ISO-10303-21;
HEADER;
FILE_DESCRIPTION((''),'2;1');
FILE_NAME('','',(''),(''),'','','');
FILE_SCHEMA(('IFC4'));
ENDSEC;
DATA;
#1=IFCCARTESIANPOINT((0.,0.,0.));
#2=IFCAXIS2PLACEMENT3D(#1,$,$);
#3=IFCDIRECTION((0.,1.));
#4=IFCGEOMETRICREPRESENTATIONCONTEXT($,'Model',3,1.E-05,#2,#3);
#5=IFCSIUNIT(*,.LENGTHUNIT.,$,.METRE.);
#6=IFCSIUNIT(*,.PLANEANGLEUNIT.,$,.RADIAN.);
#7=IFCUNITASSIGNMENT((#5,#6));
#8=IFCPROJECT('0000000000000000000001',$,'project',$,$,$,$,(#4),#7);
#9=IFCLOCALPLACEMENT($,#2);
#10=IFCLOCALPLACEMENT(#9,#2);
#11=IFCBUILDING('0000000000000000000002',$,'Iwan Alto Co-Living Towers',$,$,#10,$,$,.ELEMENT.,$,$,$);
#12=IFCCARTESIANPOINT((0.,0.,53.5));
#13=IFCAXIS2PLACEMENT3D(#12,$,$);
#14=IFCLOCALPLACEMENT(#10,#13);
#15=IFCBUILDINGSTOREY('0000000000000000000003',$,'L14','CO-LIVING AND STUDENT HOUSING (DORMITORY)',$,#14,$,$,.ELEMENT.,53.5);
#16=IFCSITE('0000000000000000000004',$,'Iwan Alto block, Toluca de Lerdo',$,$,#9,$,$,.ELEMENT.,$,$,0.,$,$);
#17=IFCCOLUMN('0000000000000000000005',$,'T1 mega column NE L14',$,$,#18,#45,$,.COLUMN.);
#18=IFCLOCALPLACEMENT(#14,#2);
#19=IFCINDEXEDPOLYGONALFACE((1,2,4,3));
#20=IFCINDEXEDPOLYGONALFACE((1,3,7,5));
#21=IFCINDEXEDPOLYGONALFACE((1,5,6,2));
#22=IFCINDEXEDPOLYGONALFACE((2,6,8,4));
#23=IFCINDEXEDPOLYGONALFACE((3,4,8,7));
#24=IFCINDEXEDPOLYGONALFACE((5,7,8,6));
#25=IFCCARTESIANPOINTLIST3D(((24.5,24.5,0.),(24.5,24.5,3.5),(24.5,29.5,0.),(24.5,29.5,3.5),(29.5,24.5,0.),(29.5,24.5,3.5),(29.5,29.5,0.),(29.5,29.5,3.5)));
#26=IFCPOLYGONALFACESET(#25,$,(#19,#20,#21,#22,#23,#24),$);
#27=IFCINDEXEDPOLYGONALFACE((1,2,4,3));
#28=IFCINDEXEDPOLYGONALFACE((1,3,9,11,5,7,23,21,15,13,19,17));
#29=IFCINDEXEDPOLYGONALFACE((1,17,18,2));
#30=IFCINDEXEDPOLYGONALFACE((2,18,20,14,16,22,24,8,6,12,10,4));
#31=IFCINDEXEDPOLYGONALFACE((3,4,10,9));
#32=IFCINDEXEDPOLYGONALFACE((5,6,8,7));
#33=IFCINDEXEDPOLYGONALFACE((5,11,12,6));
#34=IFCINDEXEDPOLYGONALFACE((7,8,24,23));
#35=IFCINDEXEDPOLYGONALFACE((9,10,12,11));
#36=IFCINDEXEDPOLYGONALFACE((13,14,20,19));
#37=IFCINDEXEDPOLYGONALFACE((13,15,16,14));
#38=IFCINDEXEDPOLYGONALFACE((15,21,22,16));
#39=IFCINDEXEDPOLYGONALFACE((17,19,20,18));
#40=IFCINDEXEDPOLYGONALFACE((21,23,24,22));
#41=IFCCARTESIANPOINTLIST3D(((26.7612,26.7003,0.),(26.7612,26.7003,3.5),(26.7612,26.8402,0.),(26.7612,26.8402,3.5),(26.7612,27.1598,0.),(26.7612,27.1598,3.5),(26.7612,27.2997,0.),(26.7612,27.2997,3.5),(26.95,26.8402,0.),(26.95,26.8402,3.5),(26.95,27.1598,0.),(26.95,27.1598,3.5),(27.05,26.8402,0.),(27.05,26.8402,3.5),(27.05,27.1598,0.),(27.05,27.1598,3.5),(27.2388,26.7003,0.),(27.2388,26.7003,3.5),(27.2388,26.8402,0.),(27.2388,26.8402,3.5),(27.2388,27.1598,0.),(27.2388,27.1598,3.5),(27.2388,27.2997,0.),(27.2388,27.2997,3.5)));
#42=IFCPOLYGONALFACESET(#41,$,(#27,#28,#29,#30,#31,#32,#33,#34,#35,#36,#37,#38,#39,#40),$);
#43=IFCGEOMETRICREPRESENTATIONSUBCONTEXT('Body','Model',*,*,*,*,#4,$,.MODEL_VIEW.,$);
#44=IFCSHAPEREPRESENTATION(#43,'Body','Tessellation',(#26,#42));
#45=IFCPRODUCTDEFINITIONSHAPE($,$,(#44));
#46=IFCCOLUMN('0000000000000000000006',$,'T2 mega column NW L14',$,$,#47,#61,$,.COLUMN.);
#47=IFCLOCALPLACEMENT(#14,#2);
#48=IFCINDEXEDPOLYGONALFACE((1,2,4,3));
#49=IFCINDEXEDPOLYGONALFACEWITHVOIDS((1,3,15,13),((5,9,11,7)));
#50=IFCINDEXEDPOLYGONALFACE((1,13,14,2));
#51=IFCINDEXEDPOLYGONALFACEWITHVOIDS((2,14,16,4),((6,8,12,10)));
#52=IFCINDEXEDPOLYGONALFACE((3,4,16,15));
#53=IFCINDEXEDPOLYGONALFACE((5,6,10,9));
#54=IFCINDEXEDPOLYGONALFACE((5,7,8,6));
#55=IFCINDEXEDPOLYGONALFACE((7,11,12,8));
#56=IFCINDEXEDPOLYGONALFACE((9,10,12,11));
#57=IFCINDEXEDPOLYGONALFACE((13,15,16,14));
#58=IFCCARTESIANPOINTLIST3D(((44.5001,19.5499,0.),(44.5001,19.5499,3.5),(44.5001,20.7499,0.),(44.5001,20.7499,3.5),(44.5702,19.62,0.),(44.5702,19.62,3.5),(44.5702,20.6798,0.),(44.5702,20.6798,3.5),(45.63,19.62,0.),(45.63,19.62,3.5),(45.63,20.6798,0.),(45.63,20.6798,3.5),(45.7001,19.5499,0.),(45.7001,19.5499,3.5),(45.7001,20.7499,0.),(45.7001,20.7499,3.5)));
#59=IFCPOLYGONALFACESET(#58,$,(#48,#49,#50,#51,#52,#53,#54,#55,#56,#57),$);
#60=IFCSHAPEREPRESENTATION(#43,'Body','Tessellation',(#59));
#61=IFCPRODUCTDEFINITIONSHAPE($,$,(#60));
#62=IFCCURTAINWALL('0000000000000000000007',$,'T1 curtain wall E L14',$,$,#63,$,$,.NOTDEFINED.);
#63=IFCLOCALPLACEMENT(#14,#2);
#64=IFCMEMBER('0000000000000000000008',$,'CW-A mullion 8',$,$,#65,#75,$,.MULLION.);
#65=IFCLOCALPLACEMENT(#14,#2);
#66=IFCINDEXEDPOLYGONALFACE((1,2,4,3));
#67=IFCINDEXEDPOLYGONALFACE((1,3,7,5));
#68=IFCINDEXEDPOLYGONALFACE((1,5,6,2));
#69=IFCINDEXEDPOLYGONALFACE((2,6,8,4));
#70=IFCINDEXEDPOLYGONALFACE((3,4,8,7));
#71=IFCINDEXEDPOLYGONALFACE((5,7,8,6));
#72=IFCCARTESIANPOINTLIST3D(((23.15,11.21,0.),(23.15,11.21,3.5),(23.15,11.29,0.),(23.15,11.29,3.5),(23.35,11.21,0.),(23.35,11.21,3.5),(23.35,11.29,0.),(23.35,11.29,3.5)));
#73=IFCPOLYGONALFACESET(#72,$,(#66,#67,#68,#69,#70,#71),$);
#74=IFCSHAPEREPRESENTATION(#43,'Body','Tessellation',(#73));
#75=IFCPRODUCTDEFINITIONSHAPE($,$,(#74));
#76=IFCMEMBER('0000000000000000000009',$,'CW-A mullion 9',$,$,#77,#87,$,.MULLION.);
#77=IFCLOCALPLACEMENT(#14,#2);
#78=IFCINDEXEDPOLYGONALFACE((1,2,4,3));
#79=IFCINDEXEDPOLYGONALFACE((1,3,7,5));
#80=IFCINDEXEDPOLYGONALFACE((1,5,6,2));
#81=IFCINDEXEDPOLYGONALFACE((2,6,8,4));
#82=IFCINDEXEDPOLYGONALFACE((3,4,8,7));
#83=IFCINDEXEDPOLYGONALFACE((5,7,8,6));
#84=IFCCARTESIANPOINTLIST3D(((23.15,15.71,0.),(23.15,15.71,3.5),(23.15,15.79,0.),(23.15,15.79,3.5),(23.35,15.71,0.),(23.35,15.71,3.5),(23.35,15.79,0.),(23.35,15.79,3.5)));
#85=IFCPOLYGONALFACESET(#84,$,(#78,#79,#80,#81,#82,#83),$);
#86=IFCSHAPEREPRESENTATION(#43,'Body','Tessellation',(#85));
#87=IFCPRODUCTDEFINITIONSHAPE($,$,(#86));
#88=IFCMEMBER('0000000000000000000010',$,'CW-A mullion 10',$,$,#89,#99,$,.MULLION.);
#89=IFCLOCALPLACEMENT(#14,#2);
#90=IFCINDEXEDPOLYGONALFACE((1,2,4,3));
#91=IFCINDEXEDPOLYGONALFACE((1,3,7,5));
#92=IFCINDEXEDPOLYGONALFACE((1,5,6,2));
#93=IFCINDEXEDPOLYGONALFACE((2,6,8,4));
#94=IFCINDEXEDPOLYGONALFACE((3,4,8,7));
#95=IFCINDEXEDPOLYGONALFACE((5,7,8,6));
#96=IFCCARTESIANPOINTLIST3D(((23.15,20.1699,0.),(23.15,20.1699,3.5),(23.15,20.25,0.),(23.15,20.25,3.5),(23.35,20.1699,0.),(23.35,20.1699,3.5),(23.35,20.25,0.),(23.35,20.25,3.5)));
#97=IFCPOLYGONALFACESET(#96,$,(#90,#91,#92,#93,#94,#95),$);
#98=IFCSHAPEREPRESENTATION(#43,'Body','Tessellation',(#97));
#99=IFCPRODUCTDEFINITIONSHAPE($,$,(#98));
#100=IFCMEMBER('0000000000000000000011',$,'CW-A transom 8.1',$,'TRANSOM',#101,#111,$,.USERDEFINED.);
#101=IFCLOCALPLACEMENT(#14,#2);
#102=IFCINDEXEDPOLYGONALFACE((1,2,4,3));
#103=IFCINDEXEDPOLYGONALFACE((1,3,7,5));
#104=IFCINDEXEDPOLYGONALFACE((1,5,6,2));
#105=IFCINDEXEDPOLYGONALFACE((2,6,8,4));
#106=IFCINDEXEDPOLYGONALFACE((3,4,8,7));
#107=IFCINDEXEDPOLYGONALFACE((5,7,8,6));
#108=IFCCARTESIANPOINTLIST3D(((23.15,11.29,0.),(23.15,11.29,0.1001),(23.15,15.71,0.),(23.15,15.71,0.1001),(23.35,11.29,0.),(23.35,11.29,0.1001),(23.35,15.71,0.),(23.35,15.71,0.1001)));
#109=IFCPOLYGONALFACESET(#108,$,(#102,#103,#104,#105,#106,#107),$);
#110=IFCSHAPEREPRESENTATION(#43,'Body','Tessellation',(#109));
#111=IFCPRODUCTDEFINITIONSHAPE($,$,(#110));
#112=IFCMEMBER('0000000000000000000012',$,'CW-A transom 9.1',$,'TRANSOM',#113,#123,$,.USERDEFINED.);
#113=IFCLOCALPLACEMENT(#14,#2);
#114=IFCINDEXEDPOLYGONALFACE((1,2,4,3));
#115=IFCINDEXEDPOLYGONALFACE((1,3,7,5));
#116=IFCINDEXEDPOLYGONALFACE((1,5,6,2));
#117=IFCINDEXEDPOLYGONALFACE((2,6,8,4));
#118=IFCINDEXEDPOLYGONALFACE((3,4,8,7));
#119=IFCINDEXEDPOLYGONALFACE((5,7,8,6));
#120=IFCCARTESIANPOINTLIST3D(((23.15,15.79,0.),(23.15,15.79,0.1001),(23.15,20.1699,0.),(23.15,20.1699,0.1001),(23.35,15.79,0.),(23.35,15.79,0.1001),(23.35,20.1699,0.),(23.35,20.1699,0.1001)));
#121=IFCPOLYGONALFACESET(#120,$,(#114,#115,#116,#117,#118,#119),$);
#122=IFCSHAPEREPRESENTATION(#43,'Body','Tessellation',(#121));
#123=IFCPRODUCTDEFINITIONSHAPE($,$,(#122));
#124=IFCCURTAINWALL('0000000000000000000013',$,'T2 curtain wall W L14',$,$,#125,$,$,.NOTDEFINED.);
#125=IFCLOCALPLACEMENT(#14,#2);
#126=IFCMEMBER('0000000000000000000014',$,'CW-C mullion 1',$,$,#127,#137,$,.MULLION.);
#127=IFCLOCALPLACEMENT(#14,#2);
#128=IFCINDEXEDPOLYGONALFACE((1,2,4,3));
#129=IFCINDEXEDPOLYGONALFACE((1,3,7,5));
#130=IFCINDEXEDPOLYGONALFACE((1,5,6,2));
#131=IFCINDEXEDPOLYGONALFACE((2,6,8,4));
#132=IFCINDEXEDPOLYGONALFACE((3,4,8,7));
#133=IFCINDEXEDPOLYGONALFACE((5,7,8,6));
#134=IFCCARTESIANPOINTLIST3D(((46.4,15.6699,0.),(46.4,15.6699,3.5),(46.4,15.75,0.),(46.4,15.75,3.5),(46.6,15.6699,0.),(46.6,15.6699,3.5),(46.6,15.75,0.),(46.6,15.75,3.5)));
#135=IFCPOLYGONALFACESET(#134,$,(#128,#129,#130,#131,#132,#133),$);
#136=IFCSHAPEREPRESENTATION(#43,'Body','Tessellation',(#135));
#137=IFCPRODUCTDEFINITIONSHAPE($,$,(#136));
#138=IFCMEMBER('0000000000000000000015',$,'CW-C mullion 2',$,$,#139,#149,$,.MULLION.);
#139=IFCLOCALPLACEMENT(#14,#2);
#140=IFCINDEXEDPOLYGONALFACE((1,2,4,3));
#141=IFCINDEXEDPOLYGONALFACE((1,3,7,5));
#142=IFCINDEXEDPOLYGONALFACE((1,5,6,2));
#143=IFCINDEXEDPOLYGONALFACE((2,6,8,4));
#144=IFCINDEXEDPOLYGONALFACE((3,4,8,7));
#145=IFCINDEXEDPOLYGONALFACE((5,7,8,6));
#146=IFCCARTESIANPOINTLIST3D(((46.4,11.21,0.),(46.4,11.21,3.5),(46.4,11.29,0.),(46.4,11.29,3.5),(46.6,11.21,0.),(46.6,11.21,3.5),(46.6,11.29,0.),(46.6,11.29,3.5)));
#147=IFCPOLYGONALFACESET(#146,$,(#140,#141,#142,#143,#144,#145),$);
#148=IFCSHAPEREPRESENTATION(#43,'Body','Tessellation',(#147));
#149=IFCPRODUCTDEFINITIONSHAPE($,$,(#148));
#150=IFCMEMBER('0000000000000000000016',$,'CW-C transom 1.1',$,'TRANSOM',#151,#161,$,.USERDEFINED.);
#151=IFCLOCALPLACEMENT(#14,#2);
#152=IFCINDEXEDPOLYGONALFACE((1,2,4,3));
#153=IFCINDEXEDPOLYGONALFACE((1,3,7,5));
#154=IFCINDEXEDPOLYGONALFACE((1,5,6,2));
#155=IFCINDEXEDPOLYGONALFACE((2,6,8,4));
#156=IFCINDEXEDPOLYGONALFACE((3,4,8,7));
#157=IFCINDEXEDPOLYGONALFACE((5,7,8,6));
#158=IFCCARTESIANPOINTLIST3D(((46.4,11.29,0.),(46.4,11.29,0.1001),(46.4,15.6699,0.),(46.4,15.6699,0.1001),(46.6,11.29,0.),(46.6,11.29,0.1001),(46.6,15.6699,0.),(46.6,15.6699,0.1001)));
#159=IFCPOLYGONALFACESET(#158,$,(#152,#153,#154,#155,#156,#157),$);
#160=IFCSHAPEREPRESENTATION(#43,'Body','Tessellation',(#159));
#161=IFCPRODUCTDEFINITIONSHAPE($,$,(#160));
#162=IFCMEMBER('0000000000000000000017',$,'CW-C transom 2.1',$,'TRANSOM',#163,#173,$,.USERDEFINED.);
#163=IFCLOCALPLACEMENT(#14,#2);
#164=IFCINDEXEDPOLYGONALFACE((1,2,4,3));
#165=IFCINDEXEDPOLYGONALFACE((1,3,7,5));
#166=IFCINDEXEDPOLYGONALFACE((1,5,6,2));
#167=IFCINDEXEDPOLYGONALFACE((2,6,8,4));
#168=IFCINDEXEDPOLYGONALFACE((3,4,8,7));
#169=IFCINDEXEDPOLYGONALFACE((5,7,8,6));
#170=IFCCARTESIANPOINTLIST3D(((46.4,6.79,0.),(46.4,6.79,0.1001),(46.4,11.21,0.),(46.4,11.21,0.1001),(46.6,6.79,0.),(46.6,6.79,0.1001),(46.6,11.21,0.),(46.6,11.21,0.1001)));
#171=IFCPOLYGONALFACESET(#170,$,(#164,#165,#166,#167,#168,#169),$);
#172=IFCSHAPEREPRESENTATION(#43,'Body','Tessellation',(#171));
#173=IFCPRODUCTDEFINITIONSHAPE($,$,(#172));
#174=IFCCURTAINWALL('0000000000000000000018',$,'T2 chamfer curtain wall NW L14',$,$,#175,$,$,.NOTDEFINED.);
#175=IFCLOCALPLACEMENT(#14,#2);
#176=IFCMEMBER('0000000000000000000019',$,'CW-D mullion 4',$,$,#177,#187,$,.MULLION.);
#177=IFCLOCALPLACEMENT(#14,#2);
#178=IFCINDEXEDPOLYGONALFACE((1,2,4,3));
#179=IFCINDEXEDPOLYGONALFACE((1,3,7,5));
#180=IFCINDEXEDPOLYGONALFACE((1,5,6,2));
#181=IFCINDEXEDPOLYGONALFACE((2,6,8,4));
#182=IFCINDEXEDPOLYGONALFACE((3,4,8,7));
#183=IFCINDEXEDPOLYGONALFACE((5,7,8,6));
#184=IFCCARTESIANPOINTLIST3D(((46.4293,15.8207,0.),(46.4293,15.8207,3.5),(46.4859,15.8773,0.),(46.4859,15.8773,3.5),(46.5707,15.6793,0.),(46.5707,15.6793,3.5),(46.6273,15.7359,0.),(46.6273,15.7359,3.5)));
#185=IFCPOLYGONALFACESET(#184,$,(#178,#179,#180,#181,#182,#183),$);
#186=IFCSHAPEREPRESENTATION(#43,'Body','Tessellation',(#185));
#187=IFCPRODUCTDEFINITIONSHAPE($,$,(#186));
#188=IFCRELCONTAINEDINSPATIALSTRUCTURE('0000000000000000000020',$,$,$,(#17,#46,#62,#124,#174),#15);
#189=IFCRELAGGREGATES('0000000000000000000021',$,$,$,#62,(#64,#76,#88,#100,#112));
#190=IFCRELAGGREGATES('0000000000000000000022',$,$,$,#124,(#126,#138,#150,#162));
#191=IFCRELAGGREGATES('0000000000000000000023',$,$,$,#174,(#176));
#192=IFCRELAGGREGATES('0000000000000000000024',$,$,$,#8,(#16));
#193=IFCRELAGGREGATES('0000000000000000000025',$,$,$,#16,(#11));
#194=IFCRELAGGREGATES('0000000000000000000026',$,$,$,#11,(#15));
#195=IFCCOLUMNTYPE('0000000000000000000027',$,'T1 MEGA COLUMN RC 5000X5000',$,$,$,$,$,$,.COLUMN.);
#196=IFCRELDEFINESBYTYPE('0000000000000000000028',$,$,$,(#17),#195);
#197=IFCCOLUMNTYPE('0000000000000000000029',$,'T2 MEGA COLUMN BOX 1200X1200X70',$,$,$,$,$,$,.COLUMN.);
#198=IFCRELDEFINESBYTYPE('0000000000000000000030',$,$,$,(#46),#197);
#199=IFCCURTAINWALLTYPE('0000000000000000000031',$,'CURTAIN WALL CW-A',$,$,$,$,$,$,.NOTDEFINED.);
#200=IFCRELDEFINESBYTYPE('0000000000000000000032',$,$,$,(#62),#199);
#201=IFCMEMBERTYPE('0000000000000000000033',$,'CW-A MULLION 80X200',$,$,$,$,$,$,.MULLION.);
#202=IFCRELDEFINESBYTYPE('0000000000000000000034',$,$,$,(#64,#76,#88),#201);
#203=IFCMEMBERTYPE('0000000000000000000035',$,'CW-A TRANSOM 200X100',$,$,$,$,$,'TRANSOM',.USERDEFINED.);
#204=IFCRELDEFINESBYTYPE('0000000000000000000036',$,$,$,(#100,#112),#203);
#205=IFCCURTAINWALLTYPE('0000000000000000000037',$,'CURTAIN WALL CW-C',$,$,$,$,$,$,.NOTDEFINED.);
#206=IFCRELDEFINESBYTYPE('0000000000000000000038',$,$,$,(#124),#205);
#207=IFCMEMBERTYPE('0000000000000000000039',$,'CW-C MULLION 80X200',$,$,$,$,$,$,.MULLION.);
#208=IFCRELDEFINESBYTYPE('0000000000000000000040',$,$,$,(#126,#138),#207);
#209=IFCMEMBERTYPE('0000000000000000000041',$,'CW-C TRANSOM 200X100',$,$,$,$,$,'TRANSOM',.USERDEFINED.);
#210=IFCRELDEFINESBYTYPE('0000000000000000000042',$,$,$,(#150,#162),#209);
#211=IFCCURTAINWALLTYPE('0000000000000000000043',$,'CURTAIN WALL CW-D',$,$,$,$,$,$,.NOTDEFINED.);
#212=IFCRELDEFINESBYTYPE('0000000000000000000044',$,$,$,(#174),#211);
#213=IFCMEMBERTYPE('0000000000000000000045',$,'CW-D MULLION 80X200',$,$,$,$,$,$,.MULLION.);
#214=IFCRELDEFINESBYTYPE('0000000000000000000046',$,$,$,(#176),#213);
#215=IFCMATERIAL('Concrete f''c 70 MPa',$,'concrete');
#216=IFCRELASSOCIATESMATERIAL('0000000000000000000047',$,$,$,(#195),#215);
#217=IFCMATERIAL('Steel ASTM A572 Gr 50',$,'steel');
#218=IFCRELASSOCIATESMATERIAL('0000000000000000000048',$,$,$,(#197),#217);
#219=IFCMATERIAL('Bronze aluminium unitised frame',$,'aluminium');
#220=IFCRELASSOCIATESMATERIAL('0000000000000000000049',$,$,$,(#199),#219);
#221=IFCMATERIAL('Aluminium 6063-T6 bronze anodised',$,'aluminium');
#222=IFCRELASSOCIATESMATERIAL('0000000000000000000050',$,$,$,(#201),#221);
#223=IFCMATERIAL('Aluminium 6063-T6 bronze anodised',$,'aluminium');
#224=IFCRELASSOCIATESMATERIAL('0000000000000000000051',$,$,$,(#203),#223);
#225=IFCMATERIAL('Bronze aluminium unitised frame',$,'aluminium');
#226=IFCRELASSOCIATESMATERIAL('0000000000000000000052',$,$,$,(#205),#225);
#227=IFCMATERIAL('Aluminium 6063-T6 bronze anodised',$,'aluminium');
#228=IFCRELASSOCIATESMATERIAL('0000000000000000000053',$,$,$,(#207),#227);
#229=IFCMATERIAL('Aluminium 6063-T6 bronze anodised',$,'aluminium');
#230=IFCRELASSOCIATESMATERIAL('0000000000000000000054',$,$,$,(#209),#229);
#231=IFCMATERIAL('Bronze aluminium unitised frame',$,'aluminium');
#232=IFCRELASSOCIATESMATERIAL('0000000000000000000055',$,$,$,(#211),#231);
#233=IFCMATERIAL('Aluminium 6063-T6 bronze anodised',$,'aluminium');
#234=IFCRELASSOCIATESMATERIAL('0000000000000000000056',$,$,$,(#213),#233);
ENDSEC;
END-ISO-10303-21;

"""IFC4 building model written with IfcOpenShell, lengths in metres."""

from ifc_helpers import new_model, si_unit, direction, frame, origin, origin_2d, place, context, subcontext, project, spatial, rectangle, hollow_rectangle, i_section, extrude, material, material_profile, profile_set, type_object, element, aggregate, save


model = new_model("IFC4")

# Units and contexts
model_context = context("Model", 3, precision=1e-05, world=origin(), true_north=direction((0.0, 1.0)))
body_context = subcontext(model_context, "Body", "Model", "MODEL_VIEW")
ifc_project = project(units=[si_unit("LENGTHUNIT", "METRE"), si_unit("PLANEANGLEUNIT", "RADIAN")], contexts=[model_context])

# Site, building, storey
site_placement = place(None, origin())
site = spatial("IfcSite", under=ifc_project, at=site_placement, Name="Iwan Alto block, Toluca de Lerdo", CompositionType="ELEMENT", RefElevation=0.0)
building_placement = place(site_placement, origin())
building = spatial("IfcBuilding", under=site, at=building_placement, Name="Iwan Alto Co-Living Towers", CompositionType="ELEMENT")
storey_placement = place(building_placement, frame((0.0, 0.0, 53.5)))
storey = spatial("IfcBuildingStorey", under=building, at=storey_placement, Name="L14", Description="CO-LIVING AND STUDENT HOUSING (DORMITORY)", CompositionType="ELEMENT", Elevation=53.5)

# Columns
ifc_material_1 = material(Name="Concrete f'c 70 MPa", Category="concrete")
ifc_material_profile_1 = material_profile(ifc_material_1, rectangle(XDim=5.0, YDim=5.0, at=origin_2d()), Name="RC 5000X5000")
ifc_profile_set_1 = profile_set([ifc_material_profile_1], Name="Concrete f'c 70 MPa")
column_type_1 = type_object("IfcColumnType", Name="T1 MEGA COLUMN RC 5000X5000", PredefinedType="COLUMN", material=ifc_profile_set_1)
column_1_placement = place(storey_placement, frame((27.0, 27.0, 0.0), z_axis=(0.0, 0.0, 1.0), x_axis=(1.0, 0.0, 0.0)))
element("IfcColumn", 1, at=column_1_placement, inside=storey, type_object=column_type_1, Name="T1 mega column NE L14", PredefinedType="COLUMN", context=body_context, shape_type="SweptSolid", body=[
    extrude(rectangle(XDim=5.0, YDim=5.0, at=origin_2d()), origin(), (0.0, 0.0, 1.0), 3.5),
    extrude(i_section(OverallWidth=0.4775, OverallDepth=0.5994, WebThickness=0.1001, FlangeThickness=0.1399, at=origin_2d()), origin(), (0.0, 0.0, 1.0), 3.5),
])
ifc_material_2 = material(Name="Steel ASTM A572 Gr 50", Category="steel")
ifc_material_profile_2 = material_profile(ifc_material_2, hollow_rectangle(XDim=1.2, YDim=1.2, WallThickness=0.0701, at=origin_2d()), Name="BOX 1200X1200X70")
ifc_profile_set_2 = profile_set([ifc_material_profile_2], Name="Steel ASTM A572 Gr 50")
column_type_2 = type_object("IfcColumnType", Name="T2 MEGA COLUMN BOX 1200X1200X70", PredefinedType="COLUMN", material=ifc_profile_set_2)
column_2_placement = place(storey_placement, frame((45.1001, 20.1499, 0.0), z_axis=(0.0, 0.0, 1.0), x_axis=(1.0, 0.0, 0.0)))
element("IfcColumn", 2, at=column_2_placement, inside=storey, type_object=column_type_2, Name="T2 mega column NW L14", PredefinedType="COLUMN", context=body_context, shape_type="SweptSolid", body=[
    extrude(hollow_rectangle(XDim=1.2, YDim=1.2, WallThickness=0.0701, at=origin_2d()), origin(), (0.0, 0.0, 1.0), 3.5),
])

# Curtain walls, members
ifc_material_3 = material(Name="Bronze aluminium unitised frame", Category="aluminium")
curtain_wall_type_1 = type_object("IfcCurtainWallType", Name="CURTAIN WALL CW-A", PredefinedType="NOTDEFINED", material=ifc_material_3)
curtain_wall_1_placement = place(storey_placement, origin())
curtain_wall_1 = element("IfcCurtainWall", 3, at=curtain_wall_1_placement, inside=storey, type_object=curtain_wall_type_1, Name="T1 curtain wall E L14", PredefinedType="NOTDEFINED")
ifc_material_4 = material(Name="Aluminium 6063-T6 bronze anodised", Category="aluminium")
ifc_material_profile_3 = material_profile(ifc_material_4, rectangle(XDim=0.2, YDim=0.0801, at=origin_2d()), Name="AL 80X200")
ifc_profile_set_3 = profile_set([ifc_material_profile_3], Name="Aluminium 6063-T6 bronze anodised")
member_type_1 = type_object("IfcMemberType", Name="CW-A MULLION 80X200", PredefinedType="MULLION", material=ifc_profile_set_3)
member_1_placement = place(storey_placement, frame((23.25, 11.25, 0.0), z_axis=(0.0, 0.0, 1.0), x_axis=(-1.0, 0.0, 0.0)))
member_1 = element("IfcMember", 4, at=member_1_placement, type_object=member_type_1, Name="CW-A mullion 8", PredefinedType="MULLION", context=body_context, shape_type="SweptSolid", body=[
    extrude(rectangle(XDim=0.2, YDim=0.0801, at=origin_2d()), origin(), (0.0, 0.0, 1.0), 3.5),
])
member_2_placement = place(storey_placement, frame((23.25, 15.75, 0.0), z_axis=(0.0, 0.0, 1.0), x_axis=(-1.0, 0.0, 0.0)))
member_2 = element("IfcMember", 5, at=member_2_placement, type_object=member_type_1, Name="CW-A mullion 9", PredefinedType="MULLION", context=body_context, shape_type="SweptSolid", body=[
    extrude(rectangle(XDim=0.2, YDim=0.0801, at=origin_2d()), origin(), (0.0, 0.0, 1.0), 3.5),
])
member_3_placement = place(storey_placement, frame((23.25, 20.21, 0.0), z_axis=(0.0, 0.0, 1.0), x_axis=(-1.0, 0.0, 0.0)))
member_3 = element("IfcMember", 6, at=member_3_placement, type_object=member_type_1, Name="CW-A mullion 10", PredefinedType="MULLION", context=body_context, shape_type="SweptSolid", body=[
    extrude(rectangle(XDim=0.2, YDim=0.0801, at=origin_2d()), origin(), (0.0, 0.0, 1.0), 3.5),
])
ifc_material_5 = material(Name="Aluminium 6063-T6 bronze anodised", Category="aluminium")
ifc_material_profile_4 = material_profile(ifc_material_5, rectangle(XDim=0.2, YDim=0.1001, at=origin_2d()), Name="AL 200X100")
ifc_profile_set_4 = profile_set([ifc_material_profile_4], Name="Aluminium 6063-T6 bronze anodised")
member_type_2 = type_object("IfcMemberType", Name="CW-A TRANSOM 200X100", ElementType="TRANSOM", PredefinedType="USERDEFINED", material=ifc_profile_set_4)
member_4_placement = place(storey_placement, frame((23.25, 11.29, 0.05), z_axis=(0.0, 1.0, 0.0), x_axis=(-1.0, 0.0, 0.0)))
member_4 = element("IfcMember", 7, at=member_4_placement, type_object=member_type_2, Name="CW-A transom 8.1", ObjectType="TRANSOM", PredefinedType="USERDEFINED", context=body_context, shape_type="SweptSolid", body=[
    extrude(rectangle(XDim=0.2, YDim=0.1001, at=origin_2d()), origin(), (0.0, 0.0, 1.0), 4.4199),
])
member_5_placement = place(storey_placement, frame((23.25, 15.79, 0.05), z_axis=(0.0, 1.0, 0.0), x_axis=(-1.0, 0.0, 0.0)))
member_5 = element("IfcMember", 8, at=member_5_placement, type_object=member_type_2, Name="CW-A transom 9.1", ObjectType="TRANSOM", PredefinedType="USERDEFINED", context=body_context, shape_type="SweptSolid", body=[
    extrude(rectangle(XDim=0.2, YDim=0.1001, at=origin_2d()), origin(), (0.0, 0.0, 1.0), 4.3799),
])
ifc_material_6 = material(Name="Bronze aluminium unitised frame", Category="aluminium")
curtain_wall_type_2 = type_object("IfcCurtainWallType", Name="CURTAIN WALL CW-C", PredefinedType="NOTDEFINED", material=ifc_material_6)
curtain_wall_2_placement = place(storey_placement, origin())
curtain_wall_2 = element("IfcCurtainWall", 9, at=curtain_wall_2_placement, inside=storey, type_object=curtain_wall_type_2, Name="T2 curtain wall W L14", PredefinedType="NOTDEFINED")
ifc_material_7 = material(Name="Aluminium 6063-T6 bronze anodised", Category="aluminium")
ifc_material_profile_5 = material_profile(ifc_material_7, rectangle(XDim=0.2, YDim=0.0801, at=origin_2d()), Name="AL 80X200")
ifc_profile_set_5 = profile_set([ifc_material_profile_5], Name="Aluminium 6063-T6 bronze anodised")
member_type_3 = type_object("IfcMemberType", Name="CW-C MULLION 80X200", PredefinedType="MULLION", material=ifc_profile_set_5)
member_6_placement = place(storey_placement, frame((46.5, 15.71, 0.0), z_axis=(0.0, 0.0, 1.0), x_axis=(1.0, 0.0, 0.0)))
member_6 = element("IfcMember", 10, at=member_6_placement, type_object=member_type_3, Name="CW-C mullion 1", PredefinedType="MULLION", context=body_context, shape_type="SweptSolid", body=[
    extrude(rectangle(XDim=0.2, YDim=0.0801, at=origin_2d()), origin(), (0.0, 0.0, 1.0), 3.5),
])
member_7_placement = place(storey_placement, frame((46.5, 11.25, 0.0), z_axis=(0.0, 0.0, 1.0), x_axis=(1.0, 0.0, 0.0)))
member_7 = element("IfcMember", 11, at=member_7_placement, type_object=member_type_3, Name="CW-C mullion 2", PredefinedType="MULLION", context=body_context, shape_type="SweptSolid", body=[
    extrude(rectangle(XDim=0.2, YDim=0.0801, at=origin_2d()), origin(), (0.0, 0.0, 1.0), 3.5),
])
ifc_material_8 = material(Name="Aluminium 6063-T6 bronze anodised", Category="aluminium")
ifc_material_profile_6 = material_profile(ifc_material_8, rectangle(XDim=0.2, YDim=0.1001, at=origin_2d()), Name="AL 200X100")
ifc_profile_set_6 = profile_set([ifc_material_profile_6], Name="Aluminium 6063-T6 bronze anodised")
member_type_4 = type_object("IfcMemberType", Name="CW-C TRANSOM 200X100", ElementType="TRANSOM", PredefinedType="USERDEFINED", material=ifc_profile_set_6)
member_8_placement = place(storey_placement, frame((46.5, 15.6699, 0.05), z_axis=(0.0, -1.0, 0.0), x_axis=(1.0, 0.0, 0.0)))
member_8 = element("IfcMember", 12, at=member_8_placement, type_object=member_type_4, Name="CW-C transom 1.1", ObjectType="TRANSOM", PredefinedType="USERDEFINED", context=body_context, shape_type="SweptSolid", body=[
    extrude(rectangle(XDim=0.2, YDim=0.1001, at=origin_2d()), origin(), (0.0, 0.0, 1.0), 4.3799),
])
member_9_placement = place(storey_placement, frame((46.5, 11.21, 0.05), z_axis=(0.0, -1.0, 0.0), x_axis=(1.0, 0.0, 0.0)))
member_9 = element("IfcMember", 13, at=member_9_placement, type_object=member_type_4, Name="CW-C transom 2.1", ObjectType="TRANSOM", PredefinedType="USERDEFINED", context=body_context, shape_type="SweptSolid", body=[
    extrude(rectangle(XDim=0.2, YDim=0.1001, at=origin_2d()), origin(), (0.0, 0.0, 1.0), 4.4199),
])

# Curtain wall, member
ifc_material_9 = material(Name="Bronze aluminium unitised frame", Category="aluminium")
curtain_wall_type_3 = type_object("IfcCurtainWallType", Name="CURTAIN WALL CW-D", PredefinedType="NOTDEFINED", material=ifc_material_9)
curtain_wall_3_placement = place(storey_placement, origin())
curtain_wall_3 = element("IfcCurtainWall", 14, at=curtain_wall_3_placement, inside=storey, type_object=curtain_wall_type_3, Name="T2 chamfer curtain wall NW L14", PredefinedType="NOTDEFINED")
ifc_material_10 = material(Name="Aluminium 6063-T6 bronze anodised", Category="aluminium")
ifc_material_profile_7 = material_profile(ifc_material_10, rectangle(XDim=0.2, YDim=0.0801, at=origin_2d()), Name="AL 80X200")
ifc_profile_set_7 = profile_set([ifc_material_profile_7], Name="Aluminium 6063-T6 bronze anodised")
member_type_5 = type_object("IfcMemberType", Name="CW-D MULLION 80X200", PredefinedType="MULLION", material=ifc_profile_set_7)
member_10_placement = place(storey_placement, frame((46.5283, 15.7783, 0.0), z_axis=(0.0, 0.0, 1.0), x_axis=(0.707107, -0.707107, 0.0)))
member_10 = element("IfcMember", 15, at=member_10_placement, type_object=member_type_5, Name="CW-D mullion 4", PredefinedType="MULLION", context=body_context, shape_type="SweptSolid", body=[
    extrude(rectangle(XDim=0.2, YDim=0.0801, at=origin_2d()), origin(), (0.0, 0.0, 1.0), 3.5),
])

aggregate(curtain_wall_1, [member_1, member_2, member_3, member_4, member_5])
aggregate(curtain_wall_2, [member_6, member_7, member_8, member_9])
aggregate(curtain_wall_3, [member_10])

save(model, "model.ifc")
